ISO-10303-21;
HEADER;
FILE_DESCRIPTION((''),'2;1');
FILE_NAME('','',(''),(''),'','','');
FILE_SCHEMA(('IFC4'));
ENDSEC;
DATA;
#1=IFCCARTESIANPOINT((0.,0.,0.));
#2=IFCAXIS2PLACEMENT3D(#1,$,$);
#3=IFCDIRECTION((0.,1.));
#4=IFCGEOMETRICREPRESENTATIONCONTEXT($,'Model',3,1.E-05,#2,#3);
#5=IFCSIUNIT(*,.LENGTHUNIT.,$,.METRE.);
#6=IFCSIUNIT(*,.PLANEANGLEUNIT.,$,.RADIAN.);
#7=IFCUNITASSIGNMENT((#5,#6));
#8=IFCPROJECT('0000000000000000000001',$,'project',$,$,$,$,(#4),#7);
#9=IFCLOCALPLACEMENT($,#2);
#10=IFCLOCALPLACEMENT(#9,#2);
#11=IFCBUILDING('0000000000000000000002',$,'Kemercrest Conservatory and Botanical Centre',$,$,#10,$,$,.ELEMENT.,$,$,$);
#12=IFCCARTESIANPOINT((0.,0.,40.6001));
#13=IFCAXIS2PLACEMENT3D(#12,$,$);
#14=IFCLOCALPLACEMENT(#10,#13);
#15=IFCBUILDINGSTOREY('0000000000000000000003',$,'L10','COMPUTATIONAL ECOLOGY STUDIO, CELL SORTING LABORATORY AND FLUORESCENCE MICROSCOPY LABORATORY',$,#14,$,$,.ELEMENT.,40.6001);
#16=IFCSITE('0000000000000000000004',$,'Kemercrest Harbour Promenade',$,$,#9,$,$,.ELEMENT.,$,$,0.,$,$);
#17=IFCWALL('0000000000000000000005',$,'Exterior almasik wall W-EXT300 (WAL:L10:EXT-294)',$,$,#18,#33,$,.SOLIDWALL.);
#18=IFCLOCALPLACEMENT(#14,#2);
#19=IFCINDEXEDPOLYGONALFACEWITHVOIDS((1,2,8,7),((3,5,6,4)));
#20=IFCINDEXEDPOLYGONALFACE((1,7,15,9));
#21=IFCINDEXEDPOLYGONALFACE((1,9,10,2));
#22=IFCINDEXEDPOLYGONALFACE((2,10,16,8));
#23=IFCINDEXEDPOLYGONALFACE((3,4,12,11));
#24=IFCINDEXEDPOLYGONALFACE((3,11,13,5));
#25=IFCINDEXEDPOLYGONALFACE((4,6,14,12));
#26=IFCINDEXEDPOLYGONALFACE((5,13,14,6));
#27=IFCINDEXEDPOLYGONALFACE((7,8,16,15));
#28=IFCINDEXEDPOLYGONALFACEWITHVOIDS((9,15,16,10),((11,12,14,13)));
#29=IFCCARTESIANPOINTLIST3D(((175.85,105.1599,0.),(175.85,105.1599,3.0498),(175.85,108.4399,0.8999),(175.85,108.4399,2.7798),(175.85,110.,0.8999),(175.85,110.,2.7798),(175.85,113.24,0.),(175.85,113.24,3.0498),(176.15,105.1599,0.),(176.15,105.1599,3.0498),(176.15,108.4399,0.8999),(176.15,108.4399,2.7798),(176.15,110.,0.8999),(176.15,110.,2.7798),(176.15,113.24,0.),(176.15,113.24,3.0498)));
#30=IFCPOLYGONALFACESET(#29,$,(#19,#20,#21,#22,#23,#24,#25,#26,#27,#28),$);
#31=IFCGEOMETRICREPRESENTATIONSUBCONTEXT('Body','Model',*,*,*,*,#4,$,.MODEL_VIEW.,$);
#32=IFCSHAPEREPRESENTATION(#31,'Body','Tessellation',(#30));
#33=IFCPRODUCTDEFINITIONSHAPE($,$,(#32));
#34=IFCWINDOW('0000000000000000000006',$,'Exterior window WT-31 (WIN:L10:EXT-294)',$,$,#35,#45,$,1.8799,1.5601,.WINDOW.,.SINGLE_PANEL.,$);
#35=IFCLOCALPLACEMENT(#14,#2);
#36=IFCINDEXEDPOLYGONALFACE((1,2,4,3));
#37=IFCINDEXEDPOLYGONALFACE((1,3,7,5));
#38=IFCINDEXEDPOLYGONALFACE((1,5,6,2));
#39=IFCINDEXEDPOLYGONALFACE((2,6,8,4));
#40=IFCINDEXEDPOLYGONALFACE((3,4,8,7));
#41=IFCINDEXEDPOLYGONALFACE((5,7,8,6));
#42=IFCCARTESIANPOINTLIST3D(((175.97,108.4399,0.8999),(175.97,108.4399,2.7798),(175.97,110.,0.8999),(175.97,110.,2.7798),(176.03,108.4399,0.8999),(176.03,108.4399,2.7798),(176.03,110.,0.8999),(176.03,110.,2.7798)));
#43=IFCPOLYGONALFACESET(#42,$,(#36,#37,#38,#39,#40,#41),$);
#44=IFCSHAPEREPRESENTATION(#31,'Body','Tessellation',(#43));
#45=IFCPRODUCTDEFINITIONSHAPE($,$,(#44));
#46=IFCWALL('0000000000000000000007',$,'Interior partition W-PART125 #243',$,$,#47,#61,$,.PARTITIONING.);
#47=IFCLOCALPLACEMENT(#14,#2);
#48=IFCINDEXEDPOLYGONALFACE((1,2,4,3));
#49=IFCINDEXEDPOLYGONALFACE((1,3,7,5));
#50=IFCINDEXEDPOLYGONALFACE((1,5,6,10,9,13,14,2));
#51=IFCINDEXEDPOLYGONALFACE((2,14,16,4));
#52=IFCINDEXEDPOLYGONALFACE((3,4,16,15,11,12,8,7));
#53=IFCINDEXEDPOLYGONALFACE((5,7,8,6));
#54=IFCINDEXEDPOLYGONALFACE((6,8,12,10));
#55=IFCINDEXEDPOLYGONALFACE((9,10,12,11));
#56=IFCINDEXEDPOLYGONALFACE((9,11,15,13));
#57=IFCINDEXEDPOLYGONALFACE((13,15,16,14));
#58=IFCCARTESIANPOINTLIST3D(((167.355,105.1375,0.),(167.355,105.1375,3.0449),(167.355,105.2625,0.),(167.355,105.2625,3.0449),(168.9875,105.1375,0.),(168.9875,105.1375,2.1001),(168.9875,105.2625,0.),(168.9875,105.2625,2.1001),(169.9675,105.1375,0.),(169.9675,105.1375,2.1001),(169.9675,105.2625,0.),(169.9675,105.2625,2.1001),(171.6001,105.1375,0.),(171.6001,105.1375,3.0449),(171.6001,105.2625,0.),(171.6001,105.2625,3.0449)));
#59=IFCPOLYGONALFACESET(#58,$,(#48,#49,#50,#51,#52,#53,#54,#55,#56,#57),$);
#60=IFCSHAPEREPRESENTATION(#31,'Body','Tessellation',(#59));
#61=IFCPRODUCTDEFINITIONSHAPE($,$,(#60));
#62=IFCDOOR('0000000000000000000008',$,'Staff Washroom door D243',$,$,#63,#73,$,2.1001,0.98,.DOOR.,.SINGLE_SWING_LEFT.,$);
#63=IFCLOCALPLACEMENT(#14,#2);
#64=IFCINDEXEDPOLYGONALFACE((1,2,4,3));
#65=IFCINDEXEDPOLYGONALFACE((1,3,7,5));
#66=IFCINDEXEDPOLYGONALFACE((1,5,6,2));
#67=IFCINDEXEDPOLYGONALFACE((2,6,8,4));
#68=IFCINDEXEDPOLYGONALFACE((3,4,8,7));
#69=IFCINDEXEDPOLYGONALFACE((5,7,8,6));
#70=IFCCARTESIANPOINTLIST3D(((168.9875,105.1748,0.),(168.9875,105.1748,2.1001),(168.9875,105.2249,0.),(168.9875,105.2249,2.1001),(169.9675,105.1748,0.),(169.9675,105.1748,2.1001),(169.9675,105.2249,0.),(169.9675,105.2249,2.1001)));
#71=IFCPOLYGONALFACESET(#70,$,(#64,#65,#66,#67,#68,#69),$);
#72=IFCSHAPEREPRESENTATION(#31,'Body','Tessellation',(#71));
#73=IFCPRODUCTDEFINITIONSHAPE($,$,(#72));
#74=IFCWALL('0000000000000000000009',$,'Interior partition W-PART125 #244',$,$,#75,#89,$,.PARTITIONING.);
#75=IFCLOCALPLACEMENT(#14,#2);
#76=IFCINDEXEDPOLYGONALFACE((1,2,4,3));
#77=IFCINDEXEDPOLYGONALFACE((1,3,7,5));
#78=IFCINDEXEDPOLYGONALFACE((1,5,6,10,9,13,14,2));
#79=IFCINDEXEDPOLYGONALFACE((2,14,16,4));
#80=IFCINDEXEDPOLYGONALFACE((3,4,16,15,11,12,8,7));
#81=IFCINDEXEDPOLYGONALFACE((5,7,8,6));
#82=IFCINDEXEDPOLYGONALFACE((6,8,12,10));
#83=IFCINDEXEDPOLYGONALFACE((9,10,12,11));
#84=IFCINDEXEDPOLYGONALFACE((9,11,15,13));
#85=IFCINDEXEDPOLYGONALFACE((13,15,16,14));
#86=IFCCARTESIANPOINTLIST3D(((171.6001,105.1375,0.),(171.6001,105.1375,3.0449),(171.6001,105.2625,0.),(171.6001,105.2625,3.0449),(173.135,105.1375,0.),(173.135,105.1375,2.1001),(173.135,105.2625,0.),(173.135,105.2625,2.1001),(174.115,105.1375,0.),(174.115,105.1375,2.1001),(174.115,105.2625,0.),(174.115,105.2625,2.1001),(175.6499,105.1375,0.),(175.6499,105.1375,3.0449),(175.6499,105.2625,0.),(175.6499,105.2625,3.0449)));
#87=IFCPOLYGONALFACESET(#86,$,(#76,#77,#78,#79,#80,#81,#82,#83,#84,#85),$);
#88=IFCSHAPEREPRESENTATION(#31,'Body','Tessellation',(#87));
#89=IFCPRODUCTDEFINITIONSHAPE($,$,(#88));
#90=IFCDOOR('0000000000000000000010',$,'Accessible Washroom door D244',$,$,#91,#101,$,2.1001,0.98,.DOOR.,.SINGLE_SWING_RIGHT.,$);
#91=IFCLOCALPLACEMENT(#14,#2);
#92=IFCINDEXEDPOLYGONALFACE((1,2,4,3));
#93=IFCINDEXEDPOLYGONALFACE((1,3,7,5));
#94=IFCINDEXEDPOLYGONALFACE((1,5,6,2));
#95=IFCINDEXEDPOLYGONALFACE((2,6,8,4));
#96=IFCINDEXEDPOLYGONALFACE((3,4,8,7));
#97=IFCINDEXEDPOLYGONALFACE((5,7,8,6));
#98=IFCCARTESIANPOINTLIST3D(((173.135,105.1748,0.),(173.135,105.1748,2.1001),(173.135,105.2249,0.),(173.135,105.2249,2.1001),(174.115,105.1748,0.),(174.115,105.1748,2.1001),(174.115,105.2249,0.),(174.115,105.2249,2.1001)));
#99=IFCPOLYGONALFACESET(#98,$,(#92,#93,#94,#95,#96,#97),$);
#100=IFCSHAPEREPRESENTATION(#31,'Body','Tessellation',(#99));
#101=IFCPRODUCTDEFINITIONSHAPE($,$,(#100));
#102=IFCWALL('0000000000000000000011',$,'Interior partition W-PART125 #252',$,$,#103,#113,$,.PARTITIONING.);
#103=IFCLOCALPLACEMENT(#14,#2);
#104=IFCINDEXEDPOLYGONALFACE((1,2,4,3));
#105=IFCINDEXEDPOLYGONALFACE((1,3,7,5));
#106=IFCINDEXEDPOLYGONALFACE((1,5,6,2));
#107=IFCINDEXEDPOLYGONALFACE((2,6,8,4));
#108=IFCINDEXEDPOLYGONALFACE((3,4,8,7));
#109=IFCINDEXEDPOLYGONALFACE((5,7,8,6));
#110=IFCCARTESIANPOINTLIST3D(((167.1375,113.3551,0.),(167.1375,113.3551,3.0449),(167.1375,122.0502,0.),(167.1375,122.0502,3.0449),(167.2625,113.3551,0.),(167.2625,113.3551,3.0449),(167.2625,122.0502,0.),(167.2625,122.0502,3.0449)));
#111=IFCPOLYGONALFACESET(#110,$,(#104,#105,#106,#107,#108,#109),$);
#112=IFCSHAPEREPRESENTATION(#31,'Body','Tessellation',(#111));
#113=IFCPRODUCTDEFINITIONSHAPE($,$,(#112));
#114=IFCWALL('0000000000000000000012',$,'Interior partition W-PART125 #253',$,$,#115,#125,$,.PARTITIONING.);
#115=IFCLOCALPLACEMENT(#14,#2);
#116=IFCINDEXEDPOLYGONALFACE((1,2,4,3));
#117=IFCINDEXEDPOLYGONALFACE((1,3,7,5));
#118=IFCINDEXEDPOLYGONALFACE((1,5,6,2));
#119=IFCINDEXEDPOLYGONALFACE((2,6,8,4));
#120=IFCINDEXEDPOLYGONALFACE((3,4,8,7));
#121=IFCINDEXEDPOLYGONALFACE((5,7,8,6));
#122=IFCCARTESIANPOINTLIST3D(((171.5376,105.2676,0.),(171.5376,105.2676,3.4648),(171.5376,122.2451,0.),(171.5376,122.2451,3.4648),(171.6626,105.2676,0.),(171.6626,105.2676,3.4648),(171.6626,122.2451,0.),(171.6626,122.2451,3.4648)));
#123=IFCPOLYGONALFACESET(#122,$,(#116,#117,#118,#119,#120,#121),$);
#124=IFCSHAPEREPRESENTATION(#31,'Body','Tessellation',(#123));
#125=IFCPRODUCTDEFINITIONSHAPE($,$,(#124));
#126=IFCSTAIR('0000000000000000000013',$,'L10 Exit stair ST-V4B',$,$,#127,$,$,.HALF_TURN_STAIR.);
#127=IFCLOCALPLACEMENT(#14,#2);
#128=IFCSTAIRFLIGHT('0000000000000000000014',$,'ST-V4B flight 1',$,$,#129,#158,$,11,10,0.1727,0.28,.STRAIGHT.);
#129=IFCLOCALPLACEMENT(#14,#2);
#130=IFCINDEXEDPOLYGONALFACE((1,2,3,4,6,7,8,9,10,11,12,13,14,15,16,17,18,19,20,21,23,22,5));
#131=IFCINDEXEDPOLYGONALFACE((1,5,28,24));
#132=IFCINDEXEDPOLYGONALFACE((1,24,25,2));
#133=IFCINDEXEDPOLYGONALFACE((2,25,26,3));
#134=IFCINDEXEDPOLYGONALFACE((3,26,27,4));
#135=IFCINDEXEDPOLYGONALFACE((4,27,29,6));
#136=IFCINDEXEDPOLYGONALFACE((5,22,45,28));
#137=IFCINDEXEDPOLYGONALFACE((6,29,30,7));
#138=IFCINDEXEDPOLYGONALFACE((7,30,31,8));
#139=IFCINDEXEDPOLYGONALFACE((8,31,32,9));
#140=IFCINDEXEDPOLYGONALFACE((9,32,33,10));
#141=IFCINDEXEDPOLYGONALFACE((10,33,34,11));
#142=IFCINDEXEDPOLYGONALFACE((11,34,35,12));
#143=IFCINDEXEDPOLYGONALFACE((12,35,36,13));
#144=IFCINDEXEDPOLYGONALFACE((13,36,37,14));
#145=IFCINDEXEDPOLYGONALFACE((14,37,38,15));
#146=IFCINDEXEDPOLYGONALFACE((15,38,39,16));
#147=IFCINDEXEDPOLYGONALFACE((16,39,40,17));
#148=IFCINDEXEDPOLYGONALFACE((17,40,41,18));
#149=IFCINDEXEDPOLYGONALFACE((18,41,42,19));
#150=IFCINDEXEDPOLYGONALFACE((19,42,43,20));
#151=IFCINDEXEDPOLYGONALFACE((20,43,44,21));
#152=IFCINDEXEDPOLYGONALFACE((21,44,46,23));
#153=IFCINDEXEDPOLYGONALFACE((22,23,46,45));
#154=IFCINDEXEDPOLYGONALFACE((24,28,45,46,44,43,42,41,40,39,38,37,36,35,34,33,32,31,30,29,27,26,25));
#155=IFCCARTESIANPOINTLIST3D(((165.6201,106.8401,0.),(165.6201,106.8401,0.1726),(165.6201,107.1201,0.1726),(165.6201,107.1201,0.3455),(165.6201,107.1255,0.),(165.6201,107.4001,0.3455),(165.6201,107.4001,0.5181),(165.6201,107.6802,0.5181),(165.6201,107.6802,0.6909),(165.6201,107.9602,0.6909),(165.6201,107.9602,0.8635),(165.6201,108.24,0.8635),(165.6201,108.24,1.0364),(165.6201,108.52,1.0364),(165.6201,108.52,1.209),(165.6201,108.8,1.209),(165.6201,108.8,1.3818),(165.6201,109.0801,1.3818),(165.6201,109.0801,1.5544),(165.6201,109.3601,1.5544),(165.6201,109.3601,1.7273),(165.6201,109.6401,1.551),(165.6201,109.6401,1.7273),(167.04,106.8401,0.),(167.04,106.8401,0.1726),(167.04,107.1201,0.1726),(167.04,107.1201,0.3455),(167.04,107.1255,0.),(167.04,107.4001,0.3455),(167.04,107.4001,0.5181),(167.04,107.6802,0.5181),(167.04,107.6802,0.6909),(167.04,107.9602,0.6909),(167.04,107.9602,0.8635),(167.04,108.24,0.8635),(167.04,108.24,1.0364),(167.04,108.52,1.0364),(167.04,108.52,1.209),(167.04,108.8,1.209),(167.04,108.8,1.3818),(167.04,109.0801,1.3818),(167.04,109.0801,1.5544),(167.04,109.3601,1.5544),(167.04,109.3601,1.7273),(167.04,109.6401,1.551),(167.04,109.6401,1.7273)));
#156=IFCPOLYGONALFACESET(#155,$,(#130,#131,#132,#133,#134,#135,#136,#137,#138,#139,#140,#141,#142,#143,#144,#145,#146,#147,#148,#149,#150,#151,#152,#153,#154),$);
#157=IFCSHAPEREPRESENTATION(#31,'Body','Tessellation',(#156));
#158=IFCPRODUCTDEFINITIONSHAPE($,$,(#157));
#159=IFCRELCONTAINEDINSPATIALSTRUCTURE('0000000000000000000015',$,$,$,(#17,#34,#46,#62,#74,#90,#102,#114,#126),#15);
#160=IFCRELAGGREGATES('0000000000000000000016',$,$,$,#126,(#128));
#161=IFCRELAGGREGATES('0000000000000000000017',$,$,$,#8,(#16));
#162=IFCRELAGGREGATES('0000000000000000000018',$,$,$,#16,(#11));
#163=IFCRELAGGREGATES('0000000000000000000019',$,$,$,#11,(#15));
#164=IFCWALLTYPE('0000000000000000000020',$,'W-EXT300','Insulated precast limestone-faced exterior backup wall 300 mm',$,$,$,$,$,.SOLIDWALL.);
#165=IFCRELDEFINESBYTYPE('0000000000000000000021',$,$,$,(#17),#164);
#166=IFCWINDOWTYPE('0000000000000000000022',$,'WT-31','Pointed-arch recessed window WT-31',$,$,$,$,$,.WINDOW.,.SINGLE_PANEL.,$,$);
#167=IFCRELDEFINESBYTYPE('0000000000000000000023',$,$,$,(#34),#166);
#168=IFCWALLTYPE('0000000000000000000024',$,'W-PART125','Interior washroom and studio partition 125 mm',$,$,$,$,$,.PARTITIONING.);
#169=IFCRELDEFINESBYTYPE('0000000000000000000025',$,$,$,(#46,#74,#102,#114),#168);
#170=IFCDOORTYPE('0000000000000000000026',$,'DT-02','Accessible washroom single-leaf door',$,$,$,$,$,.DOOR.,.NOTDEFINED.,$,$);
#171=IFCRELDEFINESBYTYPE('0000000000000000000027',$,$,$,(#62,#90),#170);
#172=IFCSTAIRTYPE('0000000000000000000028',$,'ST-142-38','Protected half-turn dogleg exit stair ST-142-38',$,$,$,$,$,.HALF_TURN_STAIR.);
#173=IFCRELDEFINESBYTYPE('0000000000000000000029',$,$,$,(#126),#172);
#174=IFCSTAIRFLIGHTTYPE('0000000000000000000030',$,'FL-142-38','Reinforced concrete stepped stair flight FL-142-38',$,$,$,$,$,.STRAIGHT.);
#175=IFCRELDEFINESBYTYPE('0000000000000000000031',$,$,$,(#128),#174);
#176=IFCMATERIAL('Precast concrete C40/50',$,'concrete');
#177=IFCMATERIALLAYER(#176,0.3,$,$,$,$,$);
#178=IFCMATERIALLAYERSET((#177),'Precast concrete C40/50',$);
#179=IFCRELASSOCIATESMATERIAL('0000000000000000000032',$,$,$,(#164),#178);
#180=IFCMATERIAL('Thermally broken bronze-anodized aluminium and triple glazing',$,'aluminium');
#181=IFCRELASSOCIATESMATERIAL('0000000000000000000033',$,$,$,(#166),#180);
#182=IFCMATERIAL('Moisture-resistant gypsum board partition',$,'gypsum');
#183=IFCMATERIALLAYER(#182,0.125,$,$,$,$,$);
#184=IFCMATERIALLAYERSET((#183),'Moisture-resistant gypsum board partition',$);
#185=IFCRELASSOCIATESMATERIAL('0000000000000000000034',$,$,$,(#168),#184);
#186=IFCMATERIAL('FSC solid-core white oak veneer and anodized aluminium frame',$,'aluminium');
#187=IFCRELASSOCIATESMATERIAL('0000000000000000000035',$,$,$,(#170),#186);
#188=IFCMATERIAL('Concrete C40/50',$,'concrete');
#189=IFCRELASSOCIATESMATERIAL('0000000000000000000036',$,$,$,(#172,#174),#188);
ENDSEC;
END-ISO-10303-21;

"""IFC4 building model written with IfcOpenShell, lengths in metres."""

from ifc_helpers import new_model, si_unit, direction, frame, frame_2d, origin, place, context, subcontext, project, spatial, polyline, rectangle, outline, extrude, material, layer, layer_set, type_object, element, fill, aggregate, save


model = new_model("IFC4")

# Units and contexts
model_context = context("Model", 3, precision=1e-05, world=origin(), true_north=direction((0.0, 1.0)))
body_context = subcontext(model_context, "Body", "Model", "MODEL_VIEW")
ifc_project = project(units=[si_unit("LENGTHUNIT", "METRE"), si_unit("PLANEANGLEUNIT", "RADIAN")], contexts=[model_context])

# Site, building, storey
site_placement = place(None, origin())
site = spatial("IfcSite", under=ifc_project, at=site_placement, Name="Kemercrest Harbour Promenade", CompositionType="ELEMENT", RefElevation=0.0)
building_placement = place(site_placement, origin())
building = spatial("IfcBuilding", under=site, at=building_placement, Name="Kemercrest Conservatory and Botanical Centre", CompositionType="ELEMENT")
storey_placement = place(building_placement, frame((0.0, 0.0, 40.6001)))
storey = spatial("IfcBuildingStorey", under=building, at=storey_placement, Name="L10", Description="COMPUTATIONAL ECOLOGY STUDIO, CELL SORTING LABORATORY AND FLUORESCENCE MICROSCOPY LABORATORY", CompositionType="ELEMENT", Elevation=40.6001)

# Shared definitions
ifc_material_1 = material(Name="Concrete C40/50", Category="concrete")

# Wall, opening, window
ifc_material_2 = material(Name="Precast concrete C40/50", Category="concrete")
ifc_layer_1 = layer(ifc_material_2, 0.3)
ifc_layer_set_1 = layer_set([ifc_layer_1], Name="Precast concrete C40/50")
wall_type_1 = type_object("IfcWallType", Name="W-EXT300", Description="Insulated precast limestone-faced exterior backup wall 300 mm", PredefinedType="SOLIDWALL", material=ifc_layer_set_1)
wall_1_placement = place(storey_placement, frame((176.0, 105.1599, 0.0), z_axis=(0.0, 0.0, 1.0), x_axis=(0.0, 1.0, 0.0)))
wall_1 = element("IfcWall", 1, at=wall_1_placement, inside=storey, type_object=wall_type_1, Name="Exterior almasik wall W-EXT300 (WAL:L10:EXT-294)", PredefinedType="SOLIDWALL", context=body_context, shape_type="SweptSolid", body=[
    extrude(rectangle(XDim=8.0801, YDim=0.3, at=frame_2d((4.04, 0.0))), origin(), (0.0, 0.0, 1.0), 3.0498),
])
opening_1_placement = place(wall_1_placement, frame((3.28, 0.0, 0.8999)))
opening_1 = element("IfcOpeningElement", 2, at=opening_1_placement, cuts=wall_1, PredefinedType="OPENING", context=body_context, shape_type="SweptSolid", body=[
    extrude(rectangle(XDim=1.5601, YDim=1.8799, at=frame_2d((0.78, 0.9399))), frame((0.0, 0.1602, 0.0), z_axis=(0.0, -1.0, 0.0), x_axis=(1.0, 0.0, 0.0)), (0.0, 0.0, 1.0), 0.3201),
])
ifc_material_3 = material(Name="Thermally broken bronze-anodized aluminium and triple glazing", Category="aluminium")
window_type = type_object("IfcWindowType", Name="WT-31", Description="Pointed-arch recessed window WT-31", PartitioningType="SINGLE_PANEL", PredefinedType="WINDOW", material=ifc_material_3)
window_placement = place(opening_1_placement, origin())
window = element("IfcWindow", 3, at=window_placement, inside=storey, type_object=window_type, Name="Exterior window WT-31 (WIN:L10:EXT-294)", OverallHeight=1.8799, OverallWidth=1.5601, PartitioningType="SINGLE_PANEL", PredefinedType="WINDOW", context=body_context, shape_type="SweptSolid", body=[
    extrude(rectangle(XDim=1.5601, YDim=1.8799, at=frame_2d((0.78, 0.9399))), frame((0.0, 0.03, 0.0), z_axis=(0.0, -1.0, 0.0), x_axis=(1.0, 0.0, 0.0)), (0.0, 0.0, 1.0), 0.0601),
])
fill(opening_1, window)

# Walls, openings, doors
ifc_material_4 = material(Name="Moisture-resistant gypsum board partition", Category="gypsum")
ifc_layer_2 = layer(ifc_material_4, 0.125)
ifc_layer_set_2 = layer_set([ifc_layer_2], Name="Moisture-resistant gypsum board partition")
wall_type_2 = type_object("IfcWallType", Name="W-PART125", Description="Interior washroom and studio partition 125 mm", PredefinedType="PARTITIONING", material=ifc_layer_set_2)
wall_2_placement = place(storey_placement, frame((167.355, 105.2, 0.0), z_axis=(0.0, 0.0, 1.0), x_axis=(1.0, 0.0, 0.0)))
wall_2 = element("IfcWall", 4, at=wall_2_placement, inside=storey, type_object=wall_type_2, Name="Interior partition W-PART125 #243", PredefinedType="PARTITIONING", context=body_context, shape_type="SweptSolid", body=[
    extrude(rectangle(XDim=4.2451, YDim=0.125, at=frame_2d((2.1226, 0.0))), origin(), (0.0, 0.0, 1.0), 3.0449),
])
opening_2_placement = place(wall_2_placement, frame((1.6326, 0.0, 0.0)))
opening_2 = element("IfcOpeningElement", 5, at=opening_2_placement, cuts=wall_2, PredefinedType="OPENING", context=body_context, shape_type="SweptSolid", body=[
    extrude(rectangle(XDim=0.98, YDim=2.1001, at=frame_2d((0.49, 1.05))), frame((0.0, 0.0725, 0.0), z_axis=(0.0, -1.0, 0.0), x_axis=(1.0, 0.0, 0.0)), (0.0, 0.0, 1.0), 0.145),
])
ifc_material_5 = material(Name="FSC solid-core white oak veneer and anodized aluminium frame", Category="aluminium")
door_type = type_object("IfcDoorType", Name="DT-02", Description="Accessible washroom single-leaf door", OperationType="NOTDEFINED", PredefinedType="DOOR", material=ifc_material_5)
door_1_placement = place(opening_2_placement, origin())
door_1 = element("IfcDoor", 6, at=door_1_placement, inside=storey, type_object=door_type, Name="Staff Washroom door D243", OperationType="SINGLE_SWING_LEFT", OverallHeight=2.1001, OverallWidth=0.98, PredefinedType="DOOR", context=body_context, shape_type="SweptSolid", body=[
    extrude(rectangle(XDim=0.98, YDim=2.1001, at=frame_2d((0.49, 1.05))), frame((0.0, 0.0249, 0.0), z_axis=(0.0, -1.0, 0.0), x_axis=(1.0, 0.0, 0.0)), (0.0, 0.0, 1.0), 0.05),
])
fill(opening_2, door_1)
wall_3_placement = place(storey_placement, frame((171.6001, 105.2, 0.0), z_axis=(0.0, 0.0, 1.0), x_axis=(1.0, 0.0, 0.0)))
wall_3 = element("IfcWall", 7, at=wall_3_placement, inside=storey, type_object=wall_type_2, Name="Interior partition W-PART125 #244", PredefinedType="PARTITIONING", context=body_context, shape_type="SweptSolid", body=[
    extrude(rectangle(XDim=4.0498, YDim=0.125, at=frame_2d((2.0249, 0.0))), origin(), (0.0, 0.0, 1.0), 3.0449),
])
opening_3_placement = place(wall_3_placement, frame((1.5349, 0.0, 0.0)))
opening_3 = element("IfcOpeningElement", 8, at=opening_3_placement, cuts=wall_3, PredefinedType="OPENING", context=body_context, shape_type="SweptSolid", body=[
    extrude(rectangle(XDim=0.98, YDim=2.1001, at=frame_2d((0.49, 1.05))), frame((0.0, 0.0725, 0.0), z_axis=(0.0, -1.0, 0.0), x_axis=(1.0, 0.0, 0.0)), (0.0, 0.0, 1.0), 0.145),
])
door_2_placement = place(opening_3_placement, origin())
door_2 = element("IfcDoor", 9, at=door_2_placement, inside=storey, type_object=door_type, Name="Accessible Washroom door D244", OperationType="SINGLE_SWING_RIGHT", OverallHeight=2.1001, OverallWidth=0.98, PredefinedType="DOOR", context=body_context, shape_type="SweptSolid", body=[
    extrude(rectangle(XDim=0.98, YDim=2.1001, at=frame_2d((0.49, 1.05))), frame((0.0, 0.0249, 0.0), z_axis=(0.0, -1.0, 0.0), x_axis=(1.0, 0.0, 0.0)), (0.0, 0.0, 1.0), 0.05),
])
fill(opening_3, door_2)

# Walls
wall_4_placement = place(storey_placement, frame((167.2, 113.355, 0.0), z_axis=(0.0, 0.0, 1.0), x_axis=(0.0, 1.0, 0.0)))
element("IfcWall", 10, at=wall_4_placement, inside=storey, type_object=wall_type_2, Name="Interior partition W-PART125 #252", PredefinedType="PARTITIONING", context=body_context, shape_type="SweptSolid", body=[
    extrude(rectangle(XDim=8.6951, YDim=0.125, at=frame_2d((4.3477, 0.0))), origin(), (0.0, 0.0, 1.0), 3.0449),
])
wall_5_placement = place(storey_placement, frame((171.6001, 105.2676, 0.0), z_axis=(0.0, 0.0, 1.0), x_axis=(0.0, 1.0, 0.0)))
element("IfcWall", 11, at=wall_5_placement, inside=storey, type_object=wall_type_2, Name="Interior partition W-PART125 #253", PredefinedType="PARTITIONING", context=body_context, shape_type="SweptSolid", body=[
    extrude(rectangle(XDim=16.9775, YDim=0.125, at=frame_2d((8.4888, 0.0))), origin(), (0.0, 0.0, 1.0), 3.4648),
])

# Stair, stair flight
stair_type = type_object("IfcStairType", Name="ST-142-38", Description="Protected half-turn dogleg exit stair ST-142-38", PredefinedType="HALF_TURN_STAIR", material=ifc_material_1)
stair_placement = place(storey_placement, origin())
stair = element("IfcStair", 12, at=stair_placement, inside=storey, type_object=stair_type, Name="L10 Exit stair ST-V4B", PredefinedType="HALF_TURN_STAIR")
stair_flight_type = type_object("IfcStairFlightType", Name="FL-142-38", Description="Reinforced concrete stepped stair flight FL-142-38", PredefinedType="STRAIGHT", material=ifc_material_1)
stair_flight_1_placement = place(storey_placement, frame((166.3301, 106.8401, 0.0), z_axis=(0.0, 0.0, 1.0), x_axis=(0.0, 1.0, 0.0)))
stair_flight_1 = element("IfcStairFlight", 13, at=stair_flight_1_placement, type_object=stair_flight_type, Name="ST-V4B flight 1", NumberOfRisers=11, NumberOfTreads=10, PredefinedType="STRAIGHT", RiserHeight=0.1727, TreadLength=0.28, context=body_context, shape_type="SweptSolid", body=[
    extrude(outline(polyline([(0.0, 0.0), (0.0, 0.1726), (0.28, 0.1726), (0.28, 0.3455), (0.5601, 0.3455), (0.5601, 0.5181), (0.8401, 0.5181), (0.8401, 0.6909), (1.1201, 0.6909), (1.1201, 0.8635), (1.3999, 0.8635), (1.3999, 1.0364), (1.6799, 1.0364), (1.6799, 1.209), (1.96, 1.209), (1.96, 1.3818), (2.24, 1.3818), (2.24, 1.5544), (2.52, 1.5544), (2.52, 1.7273), (2.8, 1.7273), (2.8, 1.8999), (2.8, 1.551), (0.2854, 0.0), (0.0, 0.0)])), frame((0.0, 0.71, 0.0), z_axis=(0.0, -1.0, 0.0), x_axis=(1.0, 0.0, 0.0)), (0.0, 0.0, 1.0), 1.4199),
])
aggregate(stair, [stair_flight_1])

save(model, "model.ifc")
